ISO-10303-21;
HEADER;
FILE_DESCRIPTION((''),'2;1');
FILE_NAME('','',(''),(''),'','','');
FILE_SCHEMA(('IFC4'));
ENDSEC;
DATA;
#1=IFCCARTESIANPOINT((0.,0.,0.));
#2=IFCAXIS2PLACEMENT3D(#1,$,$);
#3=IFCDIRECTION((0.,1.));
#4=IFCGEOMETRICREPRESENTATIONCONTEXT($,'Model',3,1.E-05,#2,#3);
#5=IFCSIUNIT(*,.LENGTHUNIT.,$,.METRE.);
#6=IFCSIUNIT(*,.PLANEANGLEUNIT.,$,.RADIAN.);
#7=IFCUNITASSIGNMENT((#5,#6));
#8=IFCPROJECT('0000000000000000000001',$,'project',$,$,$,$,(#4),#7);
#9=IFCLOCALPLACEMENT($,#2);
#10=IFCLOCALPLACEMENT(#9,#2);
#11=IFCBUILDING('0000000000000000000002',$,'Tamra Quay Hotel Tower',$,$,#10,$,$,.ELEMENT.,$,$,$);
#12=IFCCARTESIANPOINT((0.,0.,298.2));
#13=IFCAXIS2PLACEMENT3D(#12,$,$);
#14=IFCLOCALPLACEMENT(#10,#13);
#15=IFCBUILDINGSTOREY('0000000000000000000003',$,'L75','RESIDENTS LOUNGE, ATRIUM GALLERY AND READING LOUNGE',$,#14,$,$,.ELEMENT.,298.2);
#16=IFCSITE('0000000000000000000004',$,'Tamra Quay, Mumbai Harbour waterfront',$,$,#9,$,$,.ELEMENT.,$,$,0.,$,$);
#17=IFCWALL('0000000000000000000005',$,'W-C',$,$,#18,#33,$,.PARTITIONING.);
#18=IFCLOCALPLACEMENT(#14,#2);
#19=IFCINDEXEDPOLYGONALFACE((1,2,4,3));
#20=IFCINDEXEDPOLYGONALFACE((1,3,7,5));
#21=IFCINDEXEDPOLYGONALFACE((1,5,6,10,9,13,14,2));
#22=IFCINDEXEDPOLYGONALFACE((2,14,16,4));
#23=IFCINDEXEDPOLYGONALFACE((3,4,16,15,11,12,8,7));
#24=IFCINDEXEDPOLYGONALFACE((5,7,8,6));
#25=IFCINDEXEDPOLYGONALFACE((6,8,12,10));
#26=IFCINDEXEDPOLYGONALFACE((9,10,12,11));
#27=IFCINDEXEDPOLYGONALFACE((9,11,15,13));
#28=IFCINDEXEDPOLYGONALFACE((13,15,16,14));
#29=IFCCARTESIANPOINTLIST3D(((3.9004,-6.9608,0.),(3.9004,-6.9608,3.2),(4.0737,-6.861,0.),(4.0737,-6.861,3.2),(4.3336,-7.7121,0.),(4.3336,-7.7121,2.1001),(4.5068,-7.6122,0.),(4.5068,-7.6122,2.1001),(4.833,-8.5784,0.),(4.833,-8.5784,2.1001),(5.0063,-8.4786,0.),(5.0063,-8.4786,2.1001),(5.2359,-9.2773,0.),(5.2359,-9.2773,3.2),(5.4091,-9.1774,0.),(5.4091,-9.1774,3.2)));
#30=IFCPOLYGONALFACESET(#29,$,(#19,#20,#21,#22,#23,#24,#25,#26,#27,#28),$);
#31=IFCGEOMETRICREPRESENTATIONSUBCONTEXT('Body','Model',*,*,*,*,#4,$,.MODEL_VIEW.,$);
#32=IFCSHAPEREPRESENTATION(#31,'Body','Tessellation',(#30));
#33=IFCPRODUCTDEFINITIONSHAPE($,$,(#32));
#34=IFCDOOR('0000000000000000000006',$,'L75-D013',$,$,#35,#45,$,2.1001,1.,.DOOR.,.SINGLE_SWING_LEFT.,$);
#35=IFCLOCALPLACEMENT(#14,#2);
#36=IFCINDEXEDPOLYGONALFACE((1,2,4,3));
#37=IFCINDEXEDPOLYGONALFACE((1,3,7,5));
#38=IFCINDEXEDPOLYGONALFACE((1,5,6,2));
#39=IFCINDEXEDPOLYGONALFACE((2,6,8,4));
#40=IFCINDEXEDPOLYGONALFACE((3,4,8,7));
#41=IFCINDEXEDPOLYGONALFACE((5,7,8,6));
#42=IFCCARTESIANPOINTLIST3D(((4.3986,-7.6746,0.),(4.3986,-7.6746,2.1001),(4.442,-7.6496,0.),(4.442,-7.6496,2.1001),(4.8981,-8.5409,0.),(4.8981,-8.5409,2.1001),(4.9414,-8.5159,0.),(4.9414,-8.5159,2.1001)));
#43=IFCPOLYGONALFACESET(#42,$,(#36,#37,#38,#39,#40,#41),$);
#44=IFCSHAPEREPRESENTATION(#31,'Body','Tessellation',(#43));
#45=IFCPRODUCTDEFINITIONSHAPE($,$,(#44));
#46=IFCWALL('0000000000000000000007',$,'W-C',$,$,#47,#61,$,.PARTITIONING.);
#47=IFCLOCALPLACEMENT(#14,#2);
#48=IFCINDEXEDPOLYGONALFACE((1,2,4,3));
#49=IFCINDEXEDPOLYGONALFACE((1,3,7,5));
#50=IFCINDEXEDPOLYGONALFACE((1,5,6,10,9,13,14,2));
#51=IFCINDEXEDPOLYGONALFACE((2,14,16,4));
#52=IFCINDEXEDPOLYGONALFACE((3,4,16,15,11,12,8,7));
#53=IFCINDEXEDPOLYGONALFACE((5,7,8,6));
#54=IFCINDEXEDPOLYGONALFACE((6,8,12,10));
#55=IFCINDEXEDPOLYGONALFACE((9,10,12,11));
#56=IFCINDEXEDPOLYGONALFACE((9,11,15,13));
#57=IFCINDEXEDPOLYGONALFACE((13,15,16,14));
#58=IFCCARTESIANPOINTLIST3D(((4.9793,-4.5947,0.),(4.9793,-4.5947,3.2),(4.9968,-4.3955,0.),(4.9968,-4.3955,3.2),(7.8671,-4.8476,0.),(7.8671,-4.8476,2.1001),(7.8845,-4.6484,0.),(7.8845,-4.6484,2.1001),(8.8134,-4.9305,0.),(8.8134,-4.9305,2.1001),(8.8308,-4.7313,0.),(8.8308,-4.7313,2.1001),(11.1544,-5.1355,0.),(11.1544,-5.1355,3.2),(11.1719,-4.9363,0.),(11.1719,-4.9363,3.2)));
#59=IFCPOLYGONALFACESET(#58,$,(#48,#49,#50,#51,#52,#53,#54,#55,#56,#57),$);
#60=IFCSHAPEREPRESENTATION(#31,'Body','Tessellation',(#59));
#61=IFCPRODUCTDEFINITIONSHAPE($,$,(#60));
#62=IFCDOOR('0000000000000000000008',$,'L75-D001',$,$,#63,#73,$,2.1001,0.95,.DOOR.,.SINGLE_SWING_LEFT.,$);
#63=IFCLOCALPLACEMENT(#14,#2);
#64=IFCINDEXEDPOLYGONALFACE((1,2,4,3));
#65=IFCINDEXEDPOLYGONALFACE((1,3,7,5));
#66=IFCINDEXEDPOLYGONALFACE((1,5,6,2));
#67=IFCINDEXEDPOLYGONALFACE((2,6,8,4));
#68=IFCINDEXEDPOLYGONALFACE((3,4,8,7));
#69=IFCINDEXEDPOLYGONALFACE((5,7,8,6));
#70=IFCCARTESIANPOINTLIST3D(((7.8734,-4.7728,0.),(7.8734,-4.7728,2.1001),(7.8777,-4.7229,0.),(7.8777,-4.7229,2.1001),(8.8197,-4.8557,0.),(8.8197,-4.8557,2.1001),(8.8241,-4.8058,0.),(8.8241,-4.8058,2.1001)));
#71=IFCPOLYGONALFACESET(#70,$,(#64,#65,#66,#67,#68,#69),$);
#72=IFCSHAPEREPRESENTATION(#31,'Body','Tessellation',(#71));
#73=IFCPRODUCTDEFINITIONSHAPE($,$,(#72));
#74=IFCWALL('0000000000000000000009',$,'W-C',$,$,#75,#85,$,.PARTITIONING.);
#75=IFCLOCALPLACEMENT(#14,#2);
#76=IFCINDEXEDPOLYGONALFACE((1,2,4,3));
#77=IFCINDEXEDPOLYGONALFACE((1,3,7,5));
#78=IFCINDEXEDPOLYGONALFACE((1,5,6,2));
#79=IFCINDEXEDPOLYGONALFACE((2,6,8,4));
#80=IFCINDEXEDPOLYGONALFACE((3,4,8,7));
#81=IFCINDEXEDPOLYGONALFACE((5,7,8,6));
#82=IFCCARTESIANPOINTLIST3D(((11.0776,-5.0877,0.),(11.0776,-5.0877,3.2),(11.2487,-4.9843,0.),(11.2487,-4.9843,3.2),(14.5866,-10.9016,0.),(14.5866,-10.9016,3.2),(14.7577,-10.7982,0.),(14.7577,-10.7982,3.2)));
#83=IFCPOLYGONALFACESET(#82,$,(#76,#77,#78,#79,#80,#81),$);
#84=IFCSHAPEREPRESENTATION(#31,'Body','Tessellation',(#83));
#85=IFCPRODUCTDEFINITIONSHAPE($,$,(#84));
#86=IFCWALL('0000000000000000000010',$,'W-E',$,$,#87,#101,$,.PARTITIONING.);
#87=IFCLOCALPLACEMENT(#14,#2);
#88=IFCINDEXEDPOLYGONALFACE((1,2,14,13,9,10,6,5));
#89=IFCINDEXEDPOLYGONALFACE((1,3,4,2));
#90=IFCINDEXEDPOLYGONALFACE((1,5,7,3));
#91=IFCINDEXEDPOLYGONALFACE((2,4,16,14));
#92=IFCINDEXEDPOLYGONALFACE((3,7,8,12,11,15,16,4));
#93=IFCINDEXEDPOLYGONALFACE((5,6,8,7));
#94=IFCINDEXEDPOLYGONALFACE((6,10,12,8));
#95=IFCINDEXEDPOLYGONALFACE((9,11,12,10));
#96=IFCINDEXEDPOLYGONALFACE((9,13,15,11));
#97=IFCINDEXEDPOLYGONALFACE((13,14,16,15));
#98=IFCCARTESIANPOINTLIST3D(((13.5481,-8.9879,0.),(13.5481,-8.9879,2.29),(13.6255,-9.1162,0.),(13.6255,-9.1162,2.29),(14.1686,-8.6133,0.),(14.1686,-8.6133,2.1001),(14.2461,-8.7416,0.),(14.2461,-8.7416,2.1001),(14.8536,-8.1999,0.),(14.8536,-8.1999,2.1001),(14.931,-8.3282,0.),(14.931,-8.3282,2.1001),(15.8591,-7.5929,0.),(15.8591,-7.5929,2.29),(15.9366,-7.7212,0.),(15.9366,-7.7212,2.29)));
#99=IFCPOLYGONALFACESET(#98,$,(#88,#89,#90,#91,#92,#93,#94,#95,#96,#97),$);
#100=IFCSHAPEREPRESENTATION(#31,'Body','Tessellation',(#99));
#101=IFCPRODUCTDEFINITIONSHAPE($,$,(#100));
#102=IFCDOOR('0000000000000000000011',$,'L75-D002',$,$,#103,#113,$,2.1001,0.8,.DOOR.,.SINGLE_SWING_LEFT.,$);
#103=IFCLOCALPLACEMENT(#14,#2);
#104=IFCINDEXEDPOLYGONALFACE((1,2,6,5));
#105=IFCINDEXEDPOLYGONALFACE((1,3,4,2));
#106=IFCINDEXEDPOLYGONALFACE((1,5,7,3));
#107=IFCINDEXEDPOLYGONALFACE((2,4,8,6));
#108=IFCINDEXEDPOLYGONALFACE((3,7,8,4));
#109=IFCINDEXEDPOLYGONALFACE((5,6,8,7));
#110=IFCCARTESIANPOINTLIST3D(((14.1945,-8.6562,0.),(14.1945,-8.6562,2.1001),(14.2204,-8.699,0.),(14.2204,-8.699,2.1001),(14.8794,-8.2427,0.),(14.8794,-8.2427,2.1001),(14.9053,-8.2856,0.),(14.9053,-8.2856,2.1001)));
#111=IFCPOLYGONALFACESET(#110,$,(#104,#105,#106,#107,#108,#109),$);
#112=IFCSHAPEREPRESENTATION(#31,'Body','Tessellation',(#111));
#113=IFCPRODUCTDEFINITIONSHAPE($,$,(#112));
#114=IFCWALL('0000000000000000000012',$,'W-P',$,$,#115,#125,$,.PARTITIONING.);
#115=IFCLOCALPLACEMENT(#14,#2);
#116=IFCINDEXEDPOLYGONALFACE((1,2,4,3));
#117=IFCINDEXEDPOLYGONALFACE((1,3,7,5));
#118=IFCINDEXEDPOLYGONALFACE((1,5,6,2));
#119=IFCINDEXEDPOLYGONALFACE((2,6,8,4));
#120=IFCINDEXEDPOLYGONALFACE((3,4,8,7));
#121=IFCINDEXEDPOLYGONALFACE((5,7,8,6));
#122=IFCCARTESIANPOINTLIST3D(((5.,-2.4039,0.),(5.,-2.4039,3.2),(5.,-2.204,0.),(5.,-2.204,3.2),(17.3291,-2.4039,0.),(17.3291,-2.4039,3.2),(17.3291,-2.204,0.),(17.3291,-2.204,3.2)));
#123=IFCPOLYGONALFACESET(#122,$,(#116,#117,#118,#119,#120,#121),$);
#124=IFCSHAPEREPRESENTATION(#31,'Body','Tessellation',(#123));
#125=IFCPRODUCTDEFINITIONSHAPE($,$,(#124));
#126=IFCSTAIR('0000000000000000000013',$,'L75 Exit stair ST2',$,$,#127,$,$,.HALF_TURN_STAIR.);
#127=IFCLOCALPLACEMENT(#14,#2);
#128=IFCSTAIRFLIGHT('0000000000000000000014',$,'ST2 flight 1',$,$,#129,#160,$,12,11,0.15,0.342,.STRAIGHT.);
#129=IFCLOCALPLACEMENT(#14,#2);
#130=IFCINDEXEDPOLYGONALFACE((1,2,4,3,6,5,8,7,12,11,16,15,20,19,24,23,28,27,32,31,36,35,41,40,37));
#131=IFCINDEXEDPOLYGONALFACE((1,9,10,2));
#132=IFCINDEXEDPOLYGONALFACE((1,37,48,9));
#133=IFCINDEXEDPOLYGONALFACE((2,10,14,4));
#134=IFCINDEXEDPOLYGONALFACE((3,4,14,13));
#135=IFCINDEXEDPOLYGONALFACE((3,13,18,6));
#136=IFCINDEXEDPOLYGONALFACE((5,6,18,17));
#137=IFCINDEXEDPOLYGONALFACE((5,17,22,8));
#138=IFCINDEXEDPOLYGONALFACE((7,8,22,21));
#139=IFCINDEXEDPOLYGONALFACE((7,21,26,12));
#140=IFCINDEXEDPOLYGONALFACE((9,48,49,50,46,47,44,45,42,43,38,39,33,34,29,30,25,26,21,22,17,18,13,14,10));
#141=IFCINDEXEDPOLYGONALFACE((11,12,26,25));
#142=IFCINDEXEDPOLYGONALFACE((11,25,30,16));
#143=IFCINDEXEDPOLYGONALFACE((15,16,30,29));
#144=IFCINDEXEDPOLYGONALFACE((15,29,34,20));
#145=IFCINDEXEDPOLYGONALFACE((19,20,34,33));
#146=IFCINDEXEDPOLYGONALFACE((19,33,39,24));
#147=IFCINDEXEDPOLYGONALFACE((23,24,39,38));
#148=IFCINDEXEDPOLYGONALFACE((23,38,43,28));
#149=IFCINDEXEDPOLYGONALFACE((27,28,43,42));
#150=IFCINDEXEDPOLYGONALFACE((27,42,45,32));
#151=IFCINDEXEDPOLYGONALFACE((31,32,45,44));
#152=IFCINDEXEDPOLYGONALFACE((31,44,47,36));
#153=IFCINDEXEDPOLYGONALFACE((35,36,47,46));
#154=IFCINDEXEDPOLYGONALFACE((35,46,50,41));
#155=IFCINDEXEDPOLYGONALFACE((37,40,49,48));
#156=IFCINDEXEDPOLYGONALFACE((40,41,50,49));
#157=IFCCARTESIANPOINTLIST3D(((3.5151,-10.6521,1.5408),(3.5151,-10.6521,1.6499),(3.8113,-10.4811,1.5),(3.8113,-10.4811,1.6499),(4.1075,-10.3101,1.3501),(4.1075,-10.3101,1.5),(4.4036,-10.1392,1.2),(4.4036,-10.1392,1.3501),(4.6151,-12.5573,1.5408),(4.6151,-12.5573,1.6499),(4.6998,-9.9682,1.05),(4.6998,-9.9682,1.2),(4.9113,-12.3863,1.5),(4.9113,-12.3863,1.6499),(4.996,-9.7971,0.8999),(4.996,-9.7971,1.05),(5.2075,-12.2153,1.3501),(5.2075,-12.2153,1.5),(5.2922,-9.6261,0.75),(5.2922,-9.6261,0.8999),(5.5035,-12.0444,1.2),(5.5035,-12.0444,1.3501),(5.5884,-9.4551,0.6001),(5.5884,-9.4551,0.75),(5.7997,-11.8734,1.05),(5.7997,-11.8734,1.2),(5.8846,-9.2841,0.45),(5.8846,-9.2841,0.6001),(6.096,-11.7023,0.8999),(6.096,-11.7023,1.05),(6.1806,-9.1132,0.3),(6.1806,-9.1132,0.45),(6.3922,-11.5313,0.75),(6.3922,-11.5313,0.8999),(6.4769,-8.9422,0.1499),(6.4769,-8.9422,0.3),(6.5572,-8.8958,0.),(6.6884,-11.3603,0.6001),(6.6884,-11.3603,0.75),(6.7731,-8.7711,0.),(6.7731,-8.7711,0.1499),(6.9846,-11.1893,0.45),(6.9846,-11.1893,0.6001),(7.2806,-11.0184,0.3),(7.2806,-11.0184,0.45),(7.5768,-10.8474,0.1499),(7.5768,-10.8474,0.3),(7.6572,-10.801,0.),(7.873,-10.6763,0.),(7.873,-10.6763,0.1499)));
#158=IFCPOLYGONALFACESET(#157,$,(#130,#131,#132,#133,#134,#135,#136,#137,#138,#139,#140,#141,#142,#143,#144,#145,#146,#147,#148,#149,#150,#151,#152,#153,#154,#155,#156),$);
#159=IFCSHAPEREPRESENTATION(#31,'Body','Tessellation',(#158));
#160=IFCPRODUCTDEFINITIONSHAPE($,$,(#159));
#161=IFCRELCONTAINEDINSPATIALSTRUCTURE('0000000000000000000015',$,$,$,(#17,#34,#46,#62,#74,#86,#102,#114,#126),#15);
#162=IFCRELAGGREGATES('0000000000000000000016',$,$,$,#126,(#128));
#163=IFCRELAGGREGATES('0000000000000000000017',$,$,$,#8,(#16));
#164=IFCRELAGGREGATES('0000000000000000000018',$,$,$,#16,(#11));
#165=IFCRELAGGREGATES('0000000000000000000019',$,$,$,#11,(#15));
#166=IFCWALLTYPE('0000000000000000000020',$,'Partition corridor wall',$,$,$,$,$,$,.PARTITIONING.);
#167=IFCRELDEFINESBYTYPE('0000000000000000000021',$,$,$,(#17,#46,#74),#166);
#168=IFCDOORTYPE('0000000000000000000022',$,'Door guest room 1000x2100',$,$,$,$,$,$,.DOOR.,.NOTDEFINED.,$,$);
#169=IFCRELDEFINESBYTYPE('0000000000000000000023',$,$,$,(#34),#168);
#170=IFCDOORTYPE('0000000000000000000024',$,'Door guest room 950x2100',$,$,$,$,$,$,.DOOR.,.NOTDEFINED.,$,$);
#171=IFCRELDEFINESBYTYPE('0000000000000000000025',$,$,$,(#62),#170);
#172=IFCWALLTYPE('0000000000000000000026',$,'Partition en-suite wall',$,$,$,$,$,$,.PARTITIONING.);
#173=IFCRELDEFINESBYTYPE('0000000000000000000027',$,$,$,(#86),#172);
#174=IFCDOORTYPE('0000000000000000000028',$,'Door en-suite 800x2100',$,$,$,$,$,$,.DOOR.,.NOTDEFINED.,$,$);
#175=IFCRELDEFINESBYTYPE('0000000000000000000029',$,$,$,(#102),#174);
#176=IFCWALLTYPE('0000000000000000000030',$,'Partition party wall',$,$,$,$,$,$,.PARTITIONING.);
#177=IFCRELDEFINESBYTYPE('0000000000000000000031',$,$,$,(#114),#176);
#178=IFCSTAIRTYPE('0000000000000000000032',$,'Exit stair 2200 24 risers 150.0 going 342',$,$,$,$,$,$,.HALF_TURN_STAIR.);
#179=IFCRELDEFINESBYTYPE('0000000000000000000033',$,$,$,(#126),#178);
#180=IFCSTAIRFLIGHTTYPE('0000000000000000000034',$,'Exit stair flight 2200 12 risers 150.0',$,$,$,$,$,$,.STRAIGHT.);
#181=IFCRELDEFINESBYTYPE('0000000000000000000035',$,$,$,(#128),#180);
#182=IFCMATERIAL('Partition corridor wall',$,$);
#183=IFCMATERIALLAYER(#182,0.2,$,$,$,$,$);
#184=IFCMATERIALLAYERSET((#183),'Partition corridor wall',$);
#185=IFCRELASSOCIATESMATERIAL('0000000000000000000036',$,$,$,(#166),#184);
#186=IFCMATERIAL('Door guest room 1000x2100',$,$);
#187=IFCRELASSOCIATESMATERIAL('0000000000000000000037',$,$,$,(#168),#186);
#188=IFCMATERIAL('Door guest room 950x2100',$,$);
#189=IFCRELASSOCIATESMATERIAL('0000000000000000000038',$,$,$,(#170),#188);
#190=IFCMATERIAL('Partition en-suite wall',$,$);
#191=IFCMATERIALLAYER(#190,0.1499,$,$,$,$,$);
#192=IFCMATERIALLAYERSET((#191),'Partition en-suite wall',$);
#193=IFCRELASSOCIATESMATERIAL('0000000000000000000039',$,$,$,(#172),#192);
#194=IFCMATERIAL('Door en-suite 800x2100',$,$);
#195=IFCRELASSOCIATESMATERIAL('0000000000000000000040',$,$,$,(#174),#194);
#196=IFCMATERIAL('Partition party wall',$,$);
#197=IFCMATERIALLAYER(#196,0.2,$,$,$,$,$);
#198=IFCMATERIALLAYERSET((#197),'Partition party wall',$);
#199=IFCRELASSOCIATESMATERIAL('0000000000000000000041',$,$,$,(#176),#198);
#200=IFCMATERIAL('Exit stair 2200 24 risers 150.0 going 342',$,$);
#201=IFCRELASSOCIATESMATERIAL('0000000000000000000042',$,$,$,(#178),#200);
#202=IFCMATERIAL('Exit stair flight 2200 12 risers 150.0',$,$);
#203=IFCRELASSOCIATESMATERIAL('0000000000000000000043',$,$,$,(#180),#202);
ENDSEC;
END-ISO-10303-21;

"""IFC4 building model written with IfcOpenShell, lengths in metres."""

from ifc_helpers import new_model, si_unit, direction, frame, frame_2d, origin, place, context, subcontext, project, spatial, polyline, rectangle, outline, extrude, material, layer, layer_set, type_object, element, fill, aggregate, save


model = new_model("IFC4")

# Units and contexts
model_context = context("Model", 3, precision=1e-05, world=origin(), true_north=direction((0.0, 1.0)))
body_context = subcontext(model_context, "Body", "Model", "MODEL_VIEW")
ifc_project = project(units=[si_unit("LENGTHUNIT", "METRE"), si_unit("PLANEANGLEUNIT", "RADIAN")], contexts=[model_context])

# Site, building, storey
site_placement = place(None, origin())
site = spatial("IfcSite", under=ifc_project, at=site_placement, Name="Tamra Quay, Mumbai Harbour waterfront", CompositionType="ELEMENT", RefElevation=0.0)
building_placement = place(site_placement, origin())
building = spatial("IfcBuilding", under=site, at=building_placement, Name="Tamra Quay Hotel Tower", CompositionType="ELEMENT")
storey_placement = place(building_placement, frame((0.0, 0.0, 298.2)))
storey = spatial("IfcBuildingStorey", under=building, at=storey_placement, Name="L75", Description="RESIDENTS LOUNGE, ATRIUM GALLERY AND READING LOUNGE", CompositionType="ELEMENT", Elevation=298.2)

# Shared definitions
ifc_material_1 = material(Name="Partition corridor wall")
ifc_layer_1 = layer(ifc_material_1, 0.2)
ifc_layer_set_1 = layer_set([ifc_layer_1], Name="Partition corridor wall")
wall_type_1 = type_object("IfcWallType", Name="Partition corridor wall", PredefinedType="PARTITIONING", material=ifc_layer_set_1)

# Walls, openings, doors
wall_1_placement = place(storey_placement, frame((3.9871, -6.9109, 0.0), z_axis=(0.0, 0.0, 1.0), x_axis=(0.499459, -0.866338, 0.0)))
wall_1 = element("IfcWall", 1, at=wall_1_placement, inside=storey, type_object=wall_type_1, Name="W-C", PredefinedType="PARTITIONING", context=body_context, shape_type="SweptSolid", body=[
    extrude(rectangle(XDim=2.6738, YDim=0.2, at=frame_2d((1.3369, 0.0))), origin(), (0.0, 0.0, 1.0), 3.2),
])
opening_1_placement = place(wall_1_placement, frame((0.8672, 0.0, 0.0)))
opening_1 = element("IfcOpeningElement", 2, at=opening_1_placement, cuts=wall_1, PredefinedType="OPENING", context=body_context, shape_type="SweptSolid", body=[
    extrude(rectangle(XDim=1.0, YDim=2.1001, at=frame_2d((0.5, 1.05))), frame((0.0, 0.1099, 0.0), z_axis=(0.0, -1.0, 0.0), x_axis=(1.0, 0.0, 0.0)), (0.0, 0.0, 1.0), 0.22),
])
ifc_material_2 = material(Name="Door guest room 1000x2100")
door_type_1 = type_object("IfcDoorType", Name="Door guest room 1000x2100", OperationType="NOTDEFINED", PredefinedType="DOOR", material=ifc_material_2)
door_1_placement = place(opening_1_placement, frame((1.0, 0.0, 0.0), z_axis=(0.0, 0.0, 1.0), x_axis=(-1.0, 0.0, 0.0)))
door_1 = element("IfcDoor", 3, at=door_1_placement, inside=storey, type_object=door_type_1, Name="L75-D013", OperationType="SINGLE_SWING_LEFT", OverallHeight=2.1001, OverallWidth=1.0, PredefinedType="DOOR", context=body_context, shape_type="SweptSolid", body=[
    extrude(rectangle(XDim=1.0, YDim=2.1001, at=frame_2d((0.5, 1.05))), frame((0.0, 0.0249, 0.0), z_axis=(0.0, -1.0, 0.0), x_axis=(1.0, 0.0, 0.0)), (0.0, 0.0, 1.0), 0.05),
])
fill(opening_1, door_1)
wall_2_placement = place(storey_placement, frame((4.988, -4.4951, 0.0), z_axis=(0.0, 0.0, 1.0), x_axis=(0.996187, -0.08724, 0.0)))
wall_2 = element("IfcWall", 4, at=wall_2_placement, inside=storey, type_object=wall_type_1, Name="W-C", PredefinedType="PARTITIONING", context=body_context, shape_type="SweptSolid", body=[
    extrude(rectangle(XDim=6.1987, YDim=0.2, at=frame_2d((3.0994, 0.0))), origin(), (0.0, 0.0, 1.0), 3.2),
])
opening_2_placement = place(wall_2_placement, frame((2.8987, 0.0, 0.0)))
opening_2 = element("IfcOpeningElement", 5, at=opening_2_placement, cuts=wall_2, PredefinedType="OPENING", context=body_context, shape_type="SweptSolid", body=[
    extrude(rectangle(XDim=0.95, YDim=2.1001, at=frame_2d((0.4751, 1.05))), frame((0.0, 0.1099, 0.0), z_axis=(0.0, -1.0, 0.0), x_axis=(1.0, 0.0, 0.0)), (0.0, 0.0, 1.0), 0.22),
])
ifc_material_3 = material(Name="Door guest room 950x2100")
door_type_2 = type_object("IfcDoorType", Name="Door guest room 950x2100", OperationType="NOTDEFINED", PredefinedType="DOOR", material=ifc_material_3)
door_2_placement = place(opening_2_placement, frame((0.95, 0.0, 0.0), z_axis=(0.0, 0.0, 1.0), x_axis=(-1.0, 0.0, 0.0)))
door_2 = element("IfcDoor", 6, at=door_2_placement, inside=storey, type_object=door_type_2, Name="L75-D001", OperationType="SINGLE_SWING_LEFT", OverallHeight=2.1001, OverallWidth=0.95, PredefinedType="DOOR", context=body_context, shape_type="SweptSolid", body=[
    extrude(rectangle(XDim=0.95, YDim=2.1001, at=frame_2d((0.4751, 1.05))), frame((0.0, 0.0249, 0.0), z_axis=(0.0, -1.0, 0.0), x_axis=(1.0, 0.0, 0.0)), (0.0, 0.0, 1.0), 0.05),
])
fill(opening_2, door_2)

# Wall
wall_3_placement = place(storey_placement, frame((11.1631, -5.0359, 0.0), z_axis=(0.0, 0.0, 1.0), x_axis=(0.51673, -0.856148, 0.0)))
element("IfcWall", 7, at=wall_3_placement, inside=storey, type_object=wall_type_1, Name="W-C", PredefinedType="PARTITIONING", context=body_context, shape_type="SweptSolid", body=[
    extrude(rectangle(XDim=6.7908, YDim=0.2, at=frame_2d((3.3955, 0.0))), origin(), (0.0, 0.0, 1.0), 3.2),
])

# Wall, opening, door
ifc_material_4 = material(Name="Partition en-suite wall")
ifc_layer_2 = layer(ifc_material_4, 0.1499)
ifc_layer_set_2 = layer_set([ifc_layer_2], Name="Partition en-suite wall")
wall_type_2 = type_object("IfcWallType", Name="Partition en-suite wall", PredefinedType="PARTITIONING", material=ifc_layer_set_2)
wall_4_placement = place(storey_placement, frame((13.5869, -9.052, 0.0), z_axis=(0.0, 0.0, 1.0), x_axis=(0.856117, 0.516782, 0.0)))
wall_4 = element("IfcWall", 8, at=wall_4_placement, inside=storey, type_object=wall_type_2, Name="W-E", PredefinedType="PARTITIONING", context=body_context, shape_type="SweptSolid", body=[
    extrude(rectangle(XDim=2.6995, YDim=0.1499, at=frame_2d((1.3496, 0.0))), origin(), (0.0, 0.0, 1.0), 2.29),
])
opening_3_placement = place(wall_4_placement, frame((0.7249, 0.0, 0.0)))
opening_3 = element("IfcOpeningElement", 9, at=opening_3_placement, cuts=wall_4, PredefinedType="OPENING", context=body_context, shape_type="SweptSolid", body=[
    extrude(rectangle(XDim=0.8, YDim=2.1001, at=frame_2d((0.3999, 1.05))), frame((0.0, 0.085, 0.0), z_axis=(0.0, -1.0, 0.0), x_axis=(1.0, 0.0, 0.0)), (0.0, 0.0, 1.0), 0.1699),
])
ifc_material_5 = material(Name="Door en-suite 800x2100")
door_type_3 = type_object("IfcDoorType", Name="Door en-suite 800x2100", OperationType="NOTDEFINED", PredefinedType="DOOR", material=ifc_material_5)
door_3_placement = place(opening_3_placement, origin())
door_3 = element("IfcDoor", 10, at=door_3_placement, inside=storey, type_object=door_type_3, Name="L75-D002", OperationType="SINGLE_SWING_LEFT", OverallHeight=2.1001, OverallWidth=0.8, PredefinedType="DOOR", context=body_context, shape_type="SweptSolid", body=[
    extrude(rectangle(XDim=0.8, YDim=2.1001, at=frame_2d((0.3999, 1.05))), frame((0.0, 0.0249, 0.0), z_axis=(0.0, -1.0, 0.0), x_axis=(1.0, 0.0, 0.0)), (0.0, 0.0, 1.0), 0.05),
])
fill(opening_3, door_3)

# Wall
ifc_material_6 = material(Name="Partition party wall")
ifc_layer_3 = layer(ifc_material_6, 0.2)
ifc_layer_set_3 = layer_set([ifc_layer_3], Name="Partition party wall")
wall_type_3 = type_object("IfcWallType", Name="Partition party wall", PredefinedType="PARTITIONING", material=ifc_layer_set_3)
wall_5_placement = place(storey_placement, frame((5.0, -2.304, 0.0), z_axis=(0.0, 0.0, 1.0), x_axis=(1.0, 0.0, 0.0)))
element("IfcWall", 11, at=wall_5_placement, inside=storey, type_object=wall_type_3, Name="W-P", PredefinedType="PARTITIONING", context=body_context, shape_type="SweptSolid", body=[
    extrude(rectangle(XDim=12.3291, YDim=0.2, at=frame_2d((6.1646, 0.0))), origin(), (0.0, 0.0, 1.0), 3.2),
])

# Stair, stair flight
ifc_material_7 = material(Name="Exit stair 2200 24 risers 150.0 going 342")
stair_type = type_object("IfcStairType", Name="Exit stair 2200 24 risers 150.0 going 342", PredefinedType="HALF_TURN_STAIR", material=ifc_material_7)
stair_placement = place(storey_placement, origin())
stair = element("IfcStair", 12, at=stair_placement, inside=storey, type_object=stair_type, Name="L75 Exit stair ST2", PredefinedType="HALF_TURN_STAIR")
ifc_material_8 = material(Name="Exit stair flight 2200 12 risers 150.0")
stair_flight_type = type_object("IfcStairFlightType", Name="Exit stair flight 2200 12 risers 150.0", PredefinedType="STRAIGHT", material=ifc_material_8)
stair_flight_1_placement = place(storey_placement, frame((7.323, -9.7236, 0.0), z_axis=(0.0, 0.0, 1.0), x_axis=(-0.866025, -0.5, 0.0)))
stair_flight_1 = element("IfcStairFlight", 13, at=stair_flight_1_placement, type_object=stair_flight_type, Name="ST2 flight 1", NumberOfRisers=12, NumberOfTreads=11, PredefinedType="STRAIGHT", RiserHeight=0.15, TreadLength=0.342, context=body_context, shape_type="SweptSolid", body=[
    extrude(outline(polyline([(0.0, 0.0), (0.0, 0.1499), (0.342, 0.1499), (0.342, 0.3), (0.6841, 0.3), (0.6841, 0.45), (1.0259, 0.45), (1.0259, 0.6001), (1.3679, 0.6001), (1.3679, 0.75), (1.71, 0.75), (1.71, 0.8999), (2.052, 0.8999), (2.052, 1.05), (2.394, 1.05), (2.394, 1.2), (2.7361, 1.2), (2.7361, 1.3501), (3.0779, 1.3501), (3.0779, 1.5), (3.4199, 1.5), (3.4199, 1.6499), (3.762, 1.6499), (3.762, 1.8), (3.762, 1.5408), (0.2493, 0.0), (0.0, 0.0)])), frame((0.0, 1.1001, 0.0), z_axis=(0.0, -1.0, 0.0), x_axis=(1.0, 0.0, 0.0)), (0.0, 0.0, 1.0), 2.2),
])
aggregate(stair, [stair_flight_1])

save(model, "model.ifc")
